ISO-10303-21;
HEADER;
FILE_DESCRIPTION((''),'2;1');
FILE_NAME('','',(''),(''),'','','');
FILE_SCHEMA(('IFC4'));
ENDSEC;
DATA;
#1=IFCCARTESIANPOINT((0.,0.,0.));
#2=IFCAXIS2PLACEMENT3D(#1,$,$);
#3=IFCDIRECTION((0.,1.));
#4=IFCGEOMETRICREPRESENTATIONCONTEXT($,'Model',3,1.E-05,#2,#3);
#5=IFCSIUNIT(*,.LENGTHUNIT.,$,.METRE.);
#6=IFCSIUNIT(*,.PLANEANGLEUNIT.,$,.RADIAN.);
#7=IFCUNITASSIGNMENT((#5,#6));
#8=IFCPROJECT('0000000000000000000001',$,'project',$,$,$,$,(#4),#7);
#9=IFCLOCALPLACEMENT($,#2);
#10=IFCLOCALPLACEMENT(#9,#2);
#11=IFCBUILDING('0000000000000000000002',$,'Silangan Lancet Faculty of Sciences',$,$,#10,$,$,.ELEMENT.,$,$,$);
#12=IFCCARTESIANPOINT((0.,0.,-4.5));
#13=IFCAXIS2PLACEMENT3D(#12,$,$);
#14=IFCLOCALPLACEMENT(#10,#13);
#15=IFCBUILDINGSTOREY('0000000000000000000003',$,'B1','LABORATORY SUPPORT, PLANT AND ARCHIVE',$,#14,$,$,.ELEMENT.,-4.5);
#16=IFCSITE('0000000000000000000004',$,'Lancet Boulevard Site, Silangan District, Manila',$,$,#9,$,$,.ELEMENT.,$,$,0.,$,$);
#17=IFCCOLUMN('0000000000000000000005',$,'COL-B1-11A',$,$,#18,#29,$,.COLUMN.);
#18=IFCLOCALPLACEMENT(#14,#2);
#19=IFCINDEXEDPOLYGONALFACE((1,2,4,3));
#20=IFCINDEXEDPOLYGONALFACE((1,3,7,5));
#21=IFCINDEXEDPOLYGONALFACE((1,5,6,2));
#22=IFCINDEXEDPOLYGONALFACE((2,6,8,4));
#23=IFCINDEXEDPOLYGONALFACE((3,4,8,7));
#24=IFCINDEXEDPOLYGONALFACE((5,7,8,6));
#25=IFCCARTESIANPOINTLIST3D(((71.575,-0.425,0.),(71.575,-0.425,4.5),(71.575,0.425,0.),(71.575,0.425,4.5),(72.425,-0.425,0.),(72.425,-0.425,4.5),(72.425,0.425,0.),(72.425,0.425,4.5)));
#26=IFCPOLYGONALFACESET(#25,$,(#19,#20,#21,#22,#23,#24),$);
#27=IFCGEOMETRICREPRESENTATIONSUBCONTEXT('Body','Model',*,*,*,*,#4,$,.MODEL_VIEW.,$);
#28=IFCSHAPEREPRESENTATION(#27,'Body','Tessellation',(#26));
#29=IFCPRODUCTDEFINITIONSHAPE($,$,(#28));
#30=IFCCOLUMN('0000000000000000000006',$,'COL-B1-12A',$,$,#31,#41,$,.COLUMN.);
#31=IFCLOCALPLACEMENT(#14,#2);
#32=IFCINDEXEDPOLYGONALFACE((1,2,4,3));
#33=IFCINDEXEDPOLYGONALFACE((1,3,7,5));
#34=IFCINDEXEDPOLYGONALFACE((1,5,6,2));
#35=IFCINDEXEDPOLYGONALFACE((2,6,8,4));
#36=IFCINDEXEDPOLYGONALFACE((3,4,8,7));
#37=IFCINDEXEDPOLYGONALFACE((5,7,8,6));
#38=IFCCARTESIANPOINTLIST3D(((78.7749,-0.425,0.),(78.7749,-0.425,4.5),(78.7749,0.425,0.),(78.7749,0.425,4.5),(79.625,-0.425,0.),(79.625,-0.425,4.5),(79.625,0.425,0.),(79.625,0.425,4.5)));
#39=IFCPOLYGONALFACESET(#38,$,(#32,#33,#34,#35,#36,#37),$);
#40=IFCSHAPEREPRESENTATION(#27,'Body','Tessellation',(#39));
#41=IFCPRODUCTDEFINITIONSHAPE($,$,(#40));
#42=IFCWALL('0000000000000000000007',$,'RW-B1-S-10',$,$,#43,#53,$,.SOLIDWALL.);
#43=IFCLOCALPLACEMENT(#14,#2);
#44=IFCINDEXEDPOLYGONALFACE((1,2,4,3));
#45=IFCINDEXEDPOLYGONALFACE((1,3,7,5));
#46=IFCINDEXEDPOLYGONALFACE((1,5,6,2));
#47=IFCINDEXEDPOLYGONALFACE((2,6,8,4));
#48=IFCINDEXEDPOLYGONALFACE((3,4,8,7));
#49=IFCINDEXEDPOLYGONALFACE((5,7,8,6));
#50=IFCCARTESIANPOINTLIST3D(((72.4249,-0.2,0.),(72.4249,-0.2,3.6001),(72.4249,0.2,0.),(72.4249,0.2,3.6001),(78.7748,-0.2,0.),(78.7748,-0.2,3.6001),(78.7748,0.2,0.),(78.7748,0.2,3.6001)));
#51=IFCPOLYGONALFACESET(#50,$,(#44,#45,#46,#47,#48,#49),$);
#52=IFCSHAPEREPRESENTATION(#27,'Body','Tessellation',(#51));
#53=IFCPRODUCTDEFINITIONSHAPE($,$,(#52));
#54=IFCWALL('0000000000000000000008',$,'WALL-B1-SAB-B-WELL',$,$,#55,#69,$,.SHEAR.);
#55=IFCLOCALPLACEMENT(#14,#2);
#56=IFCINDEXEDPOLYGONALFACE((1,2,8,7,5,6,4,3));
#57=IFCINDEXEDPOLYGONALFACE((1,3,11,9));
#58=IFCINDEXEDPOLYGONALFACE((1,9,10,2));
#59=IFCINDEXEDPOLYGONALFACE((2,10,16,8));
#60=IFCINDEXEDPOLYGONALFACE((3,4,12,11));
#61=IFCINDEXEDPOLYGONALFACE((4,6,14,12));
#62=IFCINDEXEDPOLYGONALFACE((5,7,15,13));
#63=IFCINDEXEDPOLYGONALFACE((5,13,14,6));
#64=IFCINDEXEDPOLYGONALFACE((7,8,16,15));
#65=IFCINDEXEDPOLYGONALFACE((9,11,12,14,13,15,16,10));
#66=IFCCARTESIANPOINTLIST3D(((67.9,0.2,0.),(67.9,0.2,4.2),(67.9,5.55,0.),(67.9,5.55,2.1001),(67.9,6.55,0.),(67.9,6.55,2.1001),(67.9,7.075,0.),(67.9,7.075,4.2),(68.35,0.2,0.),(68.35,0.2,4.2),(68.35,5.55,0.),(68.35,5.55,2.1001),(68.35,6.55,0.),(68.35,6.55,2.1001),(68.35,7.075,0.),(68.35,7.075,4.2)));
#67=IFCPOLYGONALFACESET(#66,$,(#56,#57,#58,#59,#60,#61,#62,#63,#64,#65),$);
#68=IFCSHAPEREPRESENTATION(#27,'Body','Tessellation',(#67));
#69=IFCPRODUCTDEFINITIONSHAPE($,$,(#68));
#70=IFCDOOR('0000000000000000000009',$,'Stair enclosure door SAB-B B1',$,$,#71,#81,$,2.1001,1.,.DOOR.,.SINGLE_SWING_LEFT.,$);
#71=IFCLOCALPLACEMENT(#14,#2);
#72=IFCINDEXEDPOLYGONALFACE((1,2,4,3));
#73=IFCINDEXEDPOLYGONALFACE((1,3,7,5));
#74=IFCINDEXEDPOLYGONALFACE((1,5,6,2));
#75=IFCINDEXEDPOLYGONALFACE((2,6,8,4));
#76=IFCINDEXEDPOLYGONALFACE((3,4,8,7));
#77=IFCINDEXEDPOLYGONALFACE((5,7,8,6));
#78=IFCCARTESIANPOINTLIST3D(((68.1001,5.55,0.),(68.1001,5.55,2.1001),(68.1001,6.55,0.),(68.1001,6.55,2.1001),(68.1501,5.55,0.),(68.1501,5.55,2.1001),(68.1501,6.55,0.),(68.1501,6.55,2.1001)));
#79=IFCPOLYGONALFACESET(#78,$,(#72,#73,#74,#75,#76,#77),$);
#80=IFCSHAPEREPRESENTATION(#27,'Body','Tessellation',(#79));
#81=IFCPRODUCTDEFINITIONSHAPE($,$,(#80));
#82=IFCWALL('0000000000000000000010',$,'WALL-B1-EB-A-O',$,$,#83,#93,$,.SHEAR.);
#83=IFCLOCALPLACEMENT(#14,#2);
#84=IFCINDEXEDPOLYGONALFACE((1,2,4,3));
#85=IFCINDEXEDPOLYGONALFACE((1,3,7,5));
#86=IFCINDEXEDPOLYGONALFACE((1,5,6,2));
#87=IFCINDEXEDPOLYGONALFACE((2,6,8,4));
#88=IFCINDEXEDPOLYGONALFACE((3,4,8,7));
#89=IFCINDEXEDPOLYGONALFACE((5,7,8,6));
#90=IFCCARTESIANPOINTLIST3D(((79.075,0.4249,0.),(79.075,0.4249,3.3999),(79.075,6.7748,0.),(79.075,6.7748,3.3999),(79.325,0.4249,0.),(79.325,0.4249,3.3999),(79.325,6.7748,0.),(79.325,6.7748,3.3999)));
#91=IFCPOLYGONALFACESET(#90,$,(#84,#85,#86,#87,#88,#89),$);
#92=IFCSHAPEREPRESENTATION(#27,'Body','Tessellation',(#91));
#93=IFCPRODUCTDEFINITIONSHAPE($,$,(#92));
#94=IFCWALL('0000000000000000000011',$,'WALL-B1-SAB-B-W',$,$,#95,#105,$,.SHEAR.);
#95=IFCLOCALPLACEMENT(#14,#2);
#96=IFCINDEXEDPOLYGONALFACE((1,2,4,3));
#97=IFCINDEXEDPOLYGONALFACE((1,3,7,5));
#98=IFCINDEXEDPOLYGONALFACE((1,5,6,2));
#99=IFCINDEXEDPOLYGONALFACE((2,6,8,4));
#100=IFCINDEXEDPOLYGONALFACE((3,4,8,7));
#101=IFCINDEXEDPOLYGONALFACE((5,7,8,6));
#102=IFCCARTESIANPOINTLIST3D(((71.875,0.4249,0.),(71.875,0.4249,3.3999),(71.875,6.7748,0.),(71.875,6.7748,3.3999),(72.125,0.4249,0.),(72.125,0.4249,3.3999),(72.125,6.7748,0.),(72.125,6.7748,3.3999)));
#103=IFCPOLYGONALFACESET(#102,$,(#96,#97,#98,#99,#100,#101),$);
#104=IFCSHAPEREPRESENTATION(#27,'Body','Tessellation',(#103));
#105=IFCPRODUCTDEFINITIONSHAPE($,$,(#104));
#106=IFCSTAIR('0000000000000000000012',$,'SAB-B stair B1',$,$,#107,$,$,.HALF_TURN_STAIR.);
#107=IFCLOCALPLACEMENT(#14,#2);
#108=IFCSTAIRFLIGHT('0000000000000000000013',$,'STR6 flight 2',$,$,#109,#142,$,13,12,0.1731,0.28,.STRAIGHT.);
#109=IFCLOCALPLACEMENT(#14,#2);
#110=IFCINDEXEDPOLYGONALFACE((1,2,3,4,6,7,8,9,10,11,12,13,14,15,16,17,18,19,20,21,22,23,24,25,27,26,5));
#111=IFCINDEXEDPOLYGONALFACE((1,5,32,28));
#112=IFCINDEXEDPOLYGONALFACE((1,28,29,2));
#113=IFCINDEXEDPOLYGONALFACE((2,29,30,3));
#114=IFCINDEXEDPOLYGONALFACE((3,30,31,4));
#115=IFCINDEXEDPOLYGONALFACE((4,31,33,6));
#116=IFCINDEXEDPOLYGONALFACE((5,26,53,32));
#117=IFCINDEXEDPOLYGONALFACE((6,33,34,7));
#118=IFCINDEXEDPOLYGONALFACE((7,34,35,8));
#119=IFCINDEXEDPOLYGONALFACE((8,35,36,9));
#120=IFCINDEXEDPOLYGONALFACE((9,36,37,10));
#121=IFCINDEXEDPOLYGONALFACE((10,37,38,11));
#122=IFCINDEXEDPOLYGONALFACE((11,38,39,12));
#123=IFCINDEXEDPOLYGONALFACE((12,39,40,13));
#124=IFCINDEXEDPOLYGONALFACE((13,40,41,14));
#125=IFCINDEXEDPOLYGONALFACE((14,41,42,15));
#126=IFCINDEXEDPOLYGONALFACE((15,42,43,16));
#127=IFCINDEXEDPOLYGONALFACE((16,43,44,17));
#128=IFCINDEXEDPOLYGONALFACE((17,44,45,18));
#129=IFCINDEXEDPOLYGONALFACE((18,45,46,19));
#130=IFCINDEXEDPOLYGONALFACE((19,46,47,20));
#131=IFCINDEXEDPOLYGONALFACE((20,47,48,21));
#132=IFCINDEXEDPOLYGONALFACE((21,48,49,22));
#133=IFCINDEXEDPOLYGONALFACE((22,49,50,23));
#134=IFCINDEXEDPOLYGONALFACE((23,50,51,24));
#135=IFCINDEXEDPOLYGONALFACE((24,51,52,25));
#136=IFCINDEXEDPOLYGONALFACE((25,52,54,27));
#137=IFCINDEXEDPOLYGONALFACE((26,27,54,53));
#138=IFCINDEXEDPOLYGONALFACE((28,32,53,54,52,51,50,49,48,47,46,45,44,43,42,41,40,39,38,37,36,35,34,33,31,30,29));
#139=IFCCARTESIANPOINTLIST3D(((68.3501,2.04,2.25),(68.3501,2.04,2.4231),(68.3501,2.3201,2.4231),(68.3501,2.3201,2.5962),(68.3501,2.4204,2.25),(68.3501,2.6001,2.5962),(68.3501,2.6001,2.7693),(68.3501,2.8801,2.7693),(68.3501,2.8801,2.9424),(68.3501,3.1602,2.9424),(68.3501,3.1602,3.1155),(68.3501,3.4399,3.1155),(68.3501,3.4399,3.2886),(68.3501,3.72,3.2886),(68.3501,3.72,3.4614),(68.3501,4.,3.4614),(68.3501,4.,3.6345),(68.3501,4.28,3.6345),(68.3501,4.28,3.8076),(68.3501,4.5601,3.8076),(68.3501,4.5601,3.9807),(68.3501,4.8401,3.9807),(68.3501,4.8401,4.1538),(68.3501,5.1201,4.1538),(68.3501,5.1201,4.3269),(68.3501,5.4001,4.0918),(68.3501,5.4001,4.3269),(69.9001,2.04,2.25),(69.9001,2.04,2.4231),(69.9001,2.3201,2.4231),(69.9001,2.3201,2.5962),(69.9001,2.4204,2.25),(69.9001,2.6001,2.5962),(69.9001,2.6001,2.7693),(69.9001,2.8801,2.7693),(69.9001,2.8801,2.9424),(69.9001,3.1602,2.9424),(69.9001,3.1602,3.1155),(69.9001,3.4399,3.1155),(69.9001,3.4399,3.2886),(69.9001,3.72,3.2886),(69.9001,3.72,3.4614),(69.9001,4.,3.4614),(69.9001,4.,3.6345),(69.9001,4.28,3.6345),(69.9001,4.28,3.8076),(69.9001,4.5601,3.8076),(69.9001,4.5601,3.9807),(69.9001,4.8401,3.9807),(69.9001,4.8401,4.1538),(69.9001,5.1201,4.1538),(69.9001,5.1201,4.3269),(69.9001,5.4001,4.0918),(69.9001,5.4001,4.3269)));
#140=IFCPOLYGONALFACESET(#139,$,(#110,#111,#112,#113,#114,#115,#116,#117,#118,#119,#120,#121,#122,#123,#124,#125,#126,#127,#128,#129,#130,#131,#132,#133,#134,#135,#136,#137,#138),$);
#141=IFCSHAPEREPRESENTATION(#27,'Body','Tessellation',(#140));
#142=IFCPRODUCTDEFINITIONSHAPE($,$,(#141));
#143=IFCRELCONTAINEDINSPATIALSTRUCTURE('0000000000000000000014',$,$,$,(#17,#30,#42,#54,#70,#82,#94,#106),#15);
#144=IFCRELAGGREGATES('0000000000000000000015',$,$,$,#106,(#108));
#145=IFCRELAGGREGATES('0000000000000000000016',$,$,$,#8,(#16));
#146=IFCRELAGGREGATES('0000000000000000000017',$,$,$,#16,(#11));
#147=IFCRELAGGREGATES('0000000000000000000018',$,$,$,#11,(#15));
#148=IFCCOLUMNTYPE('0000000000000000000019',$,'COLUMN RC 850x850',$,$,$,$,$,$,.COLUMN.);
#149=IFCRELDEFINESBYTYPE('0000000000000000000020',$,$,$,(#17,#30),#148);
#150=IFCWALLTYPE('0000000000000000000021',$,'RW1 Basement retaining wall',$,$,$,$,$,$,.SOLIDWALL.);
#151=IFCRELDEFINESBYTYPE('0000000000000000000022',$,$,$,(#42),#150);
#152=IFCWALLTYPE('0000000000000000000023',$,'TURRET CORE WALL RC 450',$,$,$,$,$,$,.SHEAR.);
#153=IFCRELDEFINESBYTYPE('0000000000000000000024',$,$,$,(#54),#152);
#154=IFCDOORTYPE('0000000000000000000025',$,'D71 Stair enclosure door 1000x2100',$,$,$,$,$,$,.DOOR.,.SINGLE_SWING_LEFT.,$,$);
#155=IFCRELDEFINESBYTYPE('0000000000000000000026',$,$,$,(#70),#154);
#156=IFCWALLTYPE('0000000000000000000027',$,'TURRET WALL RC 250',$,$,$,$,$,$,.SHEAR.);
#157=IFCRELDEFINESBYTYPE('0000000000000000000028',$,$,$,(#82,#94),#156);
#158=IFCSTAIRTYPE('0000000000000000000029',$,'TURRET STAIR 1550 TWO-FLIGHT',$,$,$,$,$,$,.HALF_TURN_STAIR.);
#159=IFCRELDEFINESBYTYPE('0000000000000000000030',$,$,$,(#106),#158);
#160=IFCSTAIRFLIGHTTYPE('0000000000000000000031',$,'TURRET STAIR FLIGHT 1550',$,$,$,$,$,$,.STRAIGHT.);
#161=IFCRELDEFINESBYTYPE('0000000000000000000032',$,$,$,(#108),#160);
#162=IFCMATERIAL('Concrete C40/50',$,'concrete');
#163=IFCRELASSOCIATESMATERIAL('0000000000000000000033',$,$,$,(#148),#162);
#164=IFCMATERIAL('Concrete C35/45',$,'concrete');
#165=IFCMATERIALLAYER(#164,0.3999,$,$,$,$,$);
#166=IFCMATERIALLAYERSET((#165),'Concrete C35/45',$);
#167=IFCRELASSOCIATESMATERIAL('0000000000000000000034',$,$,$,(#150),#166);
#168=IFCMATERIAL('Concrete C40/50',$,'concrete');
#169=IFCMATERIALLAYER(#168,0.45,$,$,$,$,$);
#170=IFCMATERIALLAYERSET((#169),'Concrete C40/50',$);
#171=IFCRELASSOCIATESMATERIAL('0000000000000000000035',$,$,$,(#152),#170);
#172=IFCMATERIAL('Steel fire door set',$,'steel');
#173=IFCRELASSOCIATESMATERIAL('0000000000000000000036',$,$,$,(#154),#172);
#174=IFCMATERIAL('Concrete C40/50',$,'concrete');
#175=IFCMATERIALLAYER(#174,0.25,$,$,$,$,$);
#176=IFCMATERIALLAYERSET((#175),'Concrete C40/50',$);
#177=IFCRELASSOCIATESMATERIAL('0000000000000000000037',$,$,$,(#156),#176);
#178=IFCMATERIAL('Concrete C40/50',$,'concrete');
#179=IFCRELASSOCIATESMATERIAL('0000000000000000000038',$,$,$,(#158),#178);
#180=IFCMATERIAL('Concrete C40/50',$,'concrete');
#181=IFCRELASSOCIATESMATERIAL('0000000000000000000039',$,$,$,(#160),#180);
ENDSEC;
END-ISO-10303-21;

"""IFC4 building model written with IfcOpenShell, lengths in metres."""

from ifc_helpers import new_model, si_unit, direction, frame, frame_2d, origin, origin_2d, place, context, subcontext, project, spatial, polyline, rectangle, outline, extrude, material, layer, layer_set, material_profile, profile_set, type_object, element, fill, aggregate, save


model = new_model("IFC4")

# Units and contexts
model_context = context("Model", 3, precision=1e-05, world=origin(), true_north=direction((0.0, 1.0)))
body_context = subcontext(model_context, "Body", "Model", "MODEL_VIEW")
ifc_project = project(units=[si_unit("LENGTHUNIT", "METRE"), si_unit("PLANEANGLEUNIT", "RADIAN")], contexts=[model_context])

# Site, building, storey
site_placement = place(None, origin())
site = spatial("IfcSite", under=ifc_project, at=site_placement, Name="Lancet Boulevard Site, Silangan District, Manila", CompositionType="ELEMENT", RefElevation=0.0)
building_placement = place(site_placement, origin())
building = spatial("IfcBuilding", under=site, at=building_placement, Name="Silangan Lancet Faculty of Sciences", CompositionType="ELEMENT")
storey_placement = place(building_placement, frame((0.0, 0.0, -4.5)))
storey = spatial("IfcBuildingStorey", under=building, at=storey_placement, Name="B1", Description="LABORATORY SUPPORT, PLANT AND ARCHIVE", CompositionType="ELEMENT", Elevation=-4.5)

# Columns
ifc_material_1 = material(Name="Concrete C40/50", Category="concrete")
ifc_material_profile_1 = material_profile(ifc_material_1, rectangle(XDim=0.8501, YDim=0.8501, at=origin_2d()), Name="RC 850x850")
ifc_profile_set_1 = profile_set([ifc_material_profile_1], Name="Concrete C40/50")
column_type = type_object("IfcColumnType", Name="COLUMN RC 850x850", PredefinedType="COLUMN", material=ifc_profile_set_1)
for number, where, z_axis, x_axis, name in (
    (1, (72.0, 0.0, 0.0), (0.0, 0.0, 1.0), (1.0, 0.0, 0.0), "COL-B1-11A"),
    (2, (79.2, 0.0, 0.0), (0.0, 0.0, 1.0), (1.0, 0.0, 0.0), "COL-B1-12A"),
):
    element("IfcColumn", number, at=place(storey_placement, frame(where, z_axis=z_axis, x_axis=x_axis)), inside=storey, type_object=column_type, Name=name, PredefinedType="COLUMN", context=body_context, shape_type="SweptSolid", body=[
        extrude(rectangle(XDim=0.8501, YDim=0.8501, at=origin_2d()), origin(), (0.0, 0.0, 1.0), 4.5),
    ])

# Wall
ifc_material_2 = material(Name="Concrete C35/45", Category="concrete")
ifc_layer_1 = layer(ifc_material_2, 0.3999)
ifc_layer_set_1 = layer_set([ifc_layer_1], Name="Concrete C35/45")
wall_type_1 = type_object("IfcWallType", Name="RW1 Basement retaining wall", PredefinedType="SOLIDWALL", material=ifc_layer_set_1)
wall_1_placement = place(storey_placement, frame((72.425, 0.0, 0.0), z_axis=(0.0, 0.0, 1.0), x_axis=(1.0, 0.0, 0.0)))
element("IfcWall", 3, at=wall_1_placement, inside=storey, type_object=wall_type_1, Name="RW-B1-S-10", PredefinedType="SOLIDWALL", context=body_context, shape_type="SweptSolid", body=[
    extrude(rectangle(XDim=6.3499, YDim=0.3999, at=frame_2d((3.1748, 0.0))), origin(), (0.0, 0.0, 1.0), 3.6001),
])

# Wall, opening, door
ifc_material_3 = material(Name="Concrete C40/50", Category="concrete")
ifc_layer_2 = layer(ifc_material_3, 0.45)
ifc_layer_set_2 = layer_set([ifc_layer_2], Name="Concrete C40/50")
wall_type_2 = type_object("IfcWallType", Name="TURRET CORE WALL RC 450", PredefinedType="SHEAR", material=ifc_layer_set_2)
wall_2_placement = place(storey_placement, frame((68.125, 0.2, 0.0), z_axis=(0.0, 0.0, 1.0), x_axis=(0.0, 1.0, 0.0)))
wall_2 = element("IfcWall", 4, at=wall_2_placement, inside=storey, type_object=wall_type_2, Name="WALL-B1-SAB-B-WELL", PredefinedType="SHEAR", context=body_context, shape_type="SweptSolid", body=[
    extrude(rectangle(XDim=6.875, YDim=0.45, at=frame_2d((3.4375, 0.0))), origin(), (0.0, 0.0, 1.0), 4.2),
])
opening_placement = place(wall_2_placement, frame((5.3501, 0.0, 0.0)))
opening = element("IfcOpeningElement", 5, at=opening_placement, cuts=wall_2, PredefinedType="OPENING", context=body_context, shape_type="SweptSolid", body=[
    extrude(rectangle(XDim=1.0, YDim=2.1001, at=frame_2d((0.5, 1.05))), frame((0.0, 0.2349, 0.0), z_axis=(0.0, -1.0, 0.0), x_axis=(1.0, 0.0, 0.0)), (0.0, 0.0, 1.0), 0.47),
])
ifc_material_4 = material(Name="Steel fire door set", Category="steel")
door_type = type_object("IfcDoorType", Name="D71 Stair enclosure door 1000x2100", OperationType="SINGLE_SWING_LEFT", PredefinedType="DOOR", material=ifc_material_4)
door_placement = place(opening_placement, frame((1.0, 0.0, 0.0), z_axis=(0.0, 0.0, 1.0), x_axis=(-1.0, 0.0, 0.0)))
door = element("IfcDoor", 6, at=door_placement, inside=storey, type_object=door_type, Name="Stair enclosure door SAB-B B1", OperationType="SINGLE_SWING_LEFT", OverallHeight=2.1001, OverallWidth=1.0, PredefinedType="DOOR", context=body_context, shape_type="SweptSolid", body=[
    extrude(rectangle(XDim=1.0, YDim=2.1001, at=frame_2d((0.5, 1.05))), frame((0.0, 0.0251, 0.0), z_axis=(0.0, -1.0, 0.0), x_axis=(1.0, 0.0, 0.0)), (0.0, 0.0, 1.0), 0.05),
])
fill(opening, door)

# Walls
ifc_material_5 = material(Name="Concrete C40/50", Category="concrete")
ifc_layer_3 = layer(ifc_material_5, 0.25)
ifc_layer_set_3 = layer_set([ifc_layer_3], Name="Concrete C40/50")
wall_type_3 = type_object("IfcWallType", Name="TURRET WALL RC 250", PredefinedType="SHEAR", material=ifc_layer_set_3)
for number, where, z_axis, x_axis, name in (
    (7, (79.2, 0.425, 0.0), (0.0, 0.0, 1.0), (0.0, 1.0, 0.0), "WALL-B1-EB-A-O"),
    (8, (72.0, 0.425, 0.0), (0.0, 0.0, 1.0), (0.0, 1.0, 0.0), "WALL-B1-SAB-B-W"),
):
    element("IfcWall", number, at=place(storey_placement, frame(where, z_axis=z_axis, x_axis=x_axis)), inside=storey, type_object=wall_type_3, Name=name, PredefinedType="SHEAR", context=body_context, shape_type="SweptSolid", body=[
        extrude(rectangle(XDim=6.3499, YDim=0.25, at=frame_2d((3.1748, 0.0))), origin(), (0.0, 0.0, 1.0), 3.3999),
    ])

# Stair, stair flight
ifc_material_6 = material(Name="Concrete C40/50", Category="concrete")
stair_type = type_object("IfcStairType", Name="TURRET STAIR 1550 TWO-FLIGHT", PredefinedType="HALF_TURN_STAIR", material=ifc_material_6)
stair_placement = place(storey_placement, origin())
stair = element("IfcStair", 9, at=stair_placement, inside=storey, type_object=stair_type, Name="SAB-B stair B1", PredefinedType="HALF_TURN_STAIR")
ifc_material_7 = material(Name="Concrete C40/50", Category="concrete")
stair_flight_type = type_object("IfcStairFlightType", Name="TURRET STAIR FLIGHT 1550", PredefinedType="STRAIGHT", material=ifc_material_7)
stair_flight_placement = place(storey_placement, frame((69.125, 2.04, 2.25), z_axis=(0.0, 0.0, 1.0), x_axis=(0.0, 1.0, 0.0)))
stair_flight = element("IfcStairFlight", 10, at=stair_flight_placement, type_object=stair_flight_type, Name="STR6 flight 2", NumberOfRisers=13, NumberOfTreads=12, PredefinedType="STRAIGHT", RiserHeight=0.1731, TreadLength=0.28, context=body_context, shape_type="SweptSolid", body=[
    extrude(outline(polyline([(0.0, 0.0), (0.0, 0.1731), (0.28, 0.1731), (0.28, 0.3462), (0.5601, 0.3462), (0.5601, 0.5193), (0.8401, 0.5193), (0.8401, 0.6924), (1.1201, 0.6924), (1.1201, 0.8655), (1.3999, 0.8655), (1.3999, 1.0386), (1.6799, 1.0386), (1.6799, 1.2114), (1.96, 1.2114), (1.96, 1.3845), (2.24, 1.3845), (2.24, 1.5576), (2.52, 1.5576), (2.52, 1.7307), (2.8, 1.7307), (2.8, 1.9038), (3.0801, 1.9038), (3.0801, 2.0769), (3.3601, 2.0769), (3.3601, 2.25), (3.3601, 1.8418), (0.3804, 0.0), (0.0, 0.0)])), frame((0.0, 0.7749, 0.0), z_axis=(0.0, -1.0, 0.0), x_axis=(1.0, 0.0, 0.0)), (0.0, 0.0, 1.0), 1.55),
])
aggregate(stair, [stair_flight])

save(model, "model.ifc")
